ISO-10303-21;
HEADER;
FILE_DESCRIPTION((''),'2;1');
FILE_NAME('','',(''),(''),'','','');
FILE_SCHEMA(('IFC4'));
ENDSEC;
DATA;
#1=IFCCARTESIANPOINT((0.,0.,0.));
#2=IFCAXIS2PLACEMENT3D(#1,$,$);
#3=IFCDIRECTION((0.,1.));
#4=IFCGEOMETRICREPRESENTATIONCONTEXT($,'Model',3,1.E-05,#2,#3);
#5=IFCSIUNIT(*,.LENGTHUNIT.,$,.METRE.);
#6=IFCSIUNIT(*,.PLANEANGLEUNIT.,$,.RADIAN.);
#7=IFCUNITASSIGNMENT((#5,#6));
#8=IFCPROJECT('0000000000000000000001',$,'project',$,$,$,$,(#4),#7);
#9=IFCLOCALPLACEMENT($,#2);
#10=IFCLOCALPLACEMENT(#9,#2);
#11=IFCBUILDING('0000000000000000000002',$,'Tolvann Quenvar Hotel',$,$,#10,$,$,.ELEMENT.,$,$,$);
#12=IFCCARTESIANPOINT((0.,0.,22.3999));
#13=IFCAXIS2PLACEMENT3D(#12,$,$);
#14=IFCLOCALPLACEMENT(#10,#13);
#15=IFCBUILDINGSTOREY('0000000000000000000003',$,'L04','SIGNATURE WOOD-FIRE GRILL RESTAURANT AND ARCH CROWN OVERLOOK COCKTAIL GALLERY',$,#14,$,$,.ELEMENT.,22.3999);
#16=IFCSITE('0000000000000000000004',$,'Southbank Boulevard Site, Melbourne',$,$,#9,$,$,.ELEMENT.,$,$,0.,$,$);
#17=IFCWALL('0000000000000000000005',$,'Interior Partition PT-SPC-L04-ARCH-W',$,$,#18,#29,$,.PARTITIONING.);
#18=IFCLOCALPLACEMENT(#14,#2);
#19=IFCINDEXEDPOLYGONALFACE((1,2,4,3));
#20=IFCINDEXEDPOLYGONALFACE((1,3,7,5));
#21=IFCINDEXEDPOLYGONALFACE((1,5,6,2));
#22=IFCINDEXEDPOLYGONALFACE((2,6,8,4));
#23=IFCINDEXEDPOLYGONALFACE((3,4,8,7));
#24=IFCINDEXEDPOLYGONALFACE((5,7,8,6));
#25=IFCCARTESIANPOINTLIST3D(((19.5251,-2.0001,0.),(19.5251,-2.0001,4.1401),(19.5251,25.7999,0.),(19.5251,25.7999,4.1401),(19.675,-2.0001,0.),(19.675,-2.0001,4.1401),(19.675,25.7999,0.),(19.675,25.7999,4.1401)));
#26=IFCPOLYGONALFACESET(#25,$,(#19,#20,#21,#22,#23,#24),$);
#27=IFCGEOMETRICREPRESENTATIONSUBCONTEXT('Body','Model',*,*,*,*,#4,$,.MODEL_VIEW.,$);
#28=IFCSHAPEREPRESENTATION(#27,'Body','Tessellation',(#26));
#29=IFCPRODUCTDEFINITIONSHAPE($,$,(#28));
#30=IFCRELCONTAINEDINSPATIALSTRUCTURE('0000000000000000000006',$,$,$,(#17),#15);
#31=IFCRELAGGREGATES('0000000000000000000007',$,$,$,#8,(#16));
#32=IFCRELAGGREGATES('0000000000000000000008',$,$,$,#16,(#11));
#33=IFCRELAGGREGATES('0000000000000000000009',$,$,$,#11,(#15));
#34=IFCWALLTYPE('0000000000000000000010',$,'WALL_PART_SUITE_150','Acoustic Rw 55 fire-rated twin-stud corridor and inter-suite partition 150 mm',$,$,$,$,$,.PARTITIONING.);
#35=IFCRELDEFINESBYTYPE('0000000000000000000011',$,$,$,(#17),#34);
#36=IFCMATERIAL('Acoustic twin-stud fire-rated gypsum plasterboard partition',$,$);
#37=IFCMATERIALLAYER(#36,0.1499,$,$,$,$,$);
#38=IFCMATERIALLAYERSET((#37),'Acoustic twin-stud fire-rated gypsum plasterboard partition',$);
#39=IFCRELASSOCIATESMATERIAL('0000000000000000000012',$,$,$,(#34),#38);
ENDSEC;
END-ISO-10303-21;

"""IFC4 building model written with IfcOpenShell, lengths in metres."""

from ifc_helpers import new_model, si_unit, direction, frame, frame_2d, origin, place, context, subcontext, project, spatial, rectangle, extrude, material, layer, layer_set, type_object, element, save


model = new_model("IFC4")

# Units and contexts
model_context = context("Model", 3, precision=1e-05, world=origin(), true_north=direction((0.0, 1.0)))
body_context = subcontext(model_context, "Body", "Model", "MODEL_VIEW")
ifc_project = project(units=[si_unit("LENGTHUNIT", "METRE"), si_unit("PLANEANGLEUNIT", "RADIAN")], contexts=[model_context])

# Site, building, storey
site_placement = place(None, origin())
site = spatial("IfcSite", under=ifc_project, at=site_placement, Name="Southbank Boulevard Site, Melbourne", CompositionType="ELEMENT", RefElevation=0.0)
building_placement = place(site_placement, origin())
building = spatial("IfcBuilding", under=site, at=building_placement, Name="Tolvann Quenvar Hotel", CompositionType="ELEMENT")
storey_placement = place(building_placement, frame((0.0, 0.0, 22.3999)))
storey = spatial("IfcBuildingStorey", under=building, at=storey_placement, Name="L04", Description="SIGNATURE WOOD-FIRE GRILL RESTAURANT AND ARCH CROWN OVERLOOK COCKTAIL GALLERY", CompositionType="ELEMENT", Elevation=22.3999)

# Wall
ifc_material_1 = material(Name="Acoustic twin-stud fire-rated gypsum plasterboard partition")
ifc_layer_1 = layer(ifc_material_1, 0.1499)
ifc_layer_set_1 = layer_set([ifc_layer_1], Name="Acoustic twin-stud fire-rated gypsum plasterboard partition")
wall_type = type_object("IfcWallType", Name="WALL_PART_SUITE_150", Description="Acoustic Rw 55 fire-rated twin-stud corridor and inter-suite partition 150 mm", PredefinedType="PARTITIONING", material=ifc_layer_set_1)
wall_1_placement = place(storey_placement, frame((19.6001, -2.0, 0.0), z_axis=(0.0, 0.0, 1.0), x_axis=(0.0, 1.0, 0.0)))
element("IfcWall", 1, at=wall_1_placement, inside=storey, type_object=wall_type, Name="Interior Partition PT-SPC-L04-ARCH-W", PredefinedType="PARTITIONING", context=body_context, shape_type="SweptSolid", body=[
    extrude(rectangle(XDim=27.8, YDim=0.1499, at=frame_2d((13.8999, 0.0))), origin(), (0.0, 0.0, 1.0), 4.1401),
])

save(model, "model.ifc")
